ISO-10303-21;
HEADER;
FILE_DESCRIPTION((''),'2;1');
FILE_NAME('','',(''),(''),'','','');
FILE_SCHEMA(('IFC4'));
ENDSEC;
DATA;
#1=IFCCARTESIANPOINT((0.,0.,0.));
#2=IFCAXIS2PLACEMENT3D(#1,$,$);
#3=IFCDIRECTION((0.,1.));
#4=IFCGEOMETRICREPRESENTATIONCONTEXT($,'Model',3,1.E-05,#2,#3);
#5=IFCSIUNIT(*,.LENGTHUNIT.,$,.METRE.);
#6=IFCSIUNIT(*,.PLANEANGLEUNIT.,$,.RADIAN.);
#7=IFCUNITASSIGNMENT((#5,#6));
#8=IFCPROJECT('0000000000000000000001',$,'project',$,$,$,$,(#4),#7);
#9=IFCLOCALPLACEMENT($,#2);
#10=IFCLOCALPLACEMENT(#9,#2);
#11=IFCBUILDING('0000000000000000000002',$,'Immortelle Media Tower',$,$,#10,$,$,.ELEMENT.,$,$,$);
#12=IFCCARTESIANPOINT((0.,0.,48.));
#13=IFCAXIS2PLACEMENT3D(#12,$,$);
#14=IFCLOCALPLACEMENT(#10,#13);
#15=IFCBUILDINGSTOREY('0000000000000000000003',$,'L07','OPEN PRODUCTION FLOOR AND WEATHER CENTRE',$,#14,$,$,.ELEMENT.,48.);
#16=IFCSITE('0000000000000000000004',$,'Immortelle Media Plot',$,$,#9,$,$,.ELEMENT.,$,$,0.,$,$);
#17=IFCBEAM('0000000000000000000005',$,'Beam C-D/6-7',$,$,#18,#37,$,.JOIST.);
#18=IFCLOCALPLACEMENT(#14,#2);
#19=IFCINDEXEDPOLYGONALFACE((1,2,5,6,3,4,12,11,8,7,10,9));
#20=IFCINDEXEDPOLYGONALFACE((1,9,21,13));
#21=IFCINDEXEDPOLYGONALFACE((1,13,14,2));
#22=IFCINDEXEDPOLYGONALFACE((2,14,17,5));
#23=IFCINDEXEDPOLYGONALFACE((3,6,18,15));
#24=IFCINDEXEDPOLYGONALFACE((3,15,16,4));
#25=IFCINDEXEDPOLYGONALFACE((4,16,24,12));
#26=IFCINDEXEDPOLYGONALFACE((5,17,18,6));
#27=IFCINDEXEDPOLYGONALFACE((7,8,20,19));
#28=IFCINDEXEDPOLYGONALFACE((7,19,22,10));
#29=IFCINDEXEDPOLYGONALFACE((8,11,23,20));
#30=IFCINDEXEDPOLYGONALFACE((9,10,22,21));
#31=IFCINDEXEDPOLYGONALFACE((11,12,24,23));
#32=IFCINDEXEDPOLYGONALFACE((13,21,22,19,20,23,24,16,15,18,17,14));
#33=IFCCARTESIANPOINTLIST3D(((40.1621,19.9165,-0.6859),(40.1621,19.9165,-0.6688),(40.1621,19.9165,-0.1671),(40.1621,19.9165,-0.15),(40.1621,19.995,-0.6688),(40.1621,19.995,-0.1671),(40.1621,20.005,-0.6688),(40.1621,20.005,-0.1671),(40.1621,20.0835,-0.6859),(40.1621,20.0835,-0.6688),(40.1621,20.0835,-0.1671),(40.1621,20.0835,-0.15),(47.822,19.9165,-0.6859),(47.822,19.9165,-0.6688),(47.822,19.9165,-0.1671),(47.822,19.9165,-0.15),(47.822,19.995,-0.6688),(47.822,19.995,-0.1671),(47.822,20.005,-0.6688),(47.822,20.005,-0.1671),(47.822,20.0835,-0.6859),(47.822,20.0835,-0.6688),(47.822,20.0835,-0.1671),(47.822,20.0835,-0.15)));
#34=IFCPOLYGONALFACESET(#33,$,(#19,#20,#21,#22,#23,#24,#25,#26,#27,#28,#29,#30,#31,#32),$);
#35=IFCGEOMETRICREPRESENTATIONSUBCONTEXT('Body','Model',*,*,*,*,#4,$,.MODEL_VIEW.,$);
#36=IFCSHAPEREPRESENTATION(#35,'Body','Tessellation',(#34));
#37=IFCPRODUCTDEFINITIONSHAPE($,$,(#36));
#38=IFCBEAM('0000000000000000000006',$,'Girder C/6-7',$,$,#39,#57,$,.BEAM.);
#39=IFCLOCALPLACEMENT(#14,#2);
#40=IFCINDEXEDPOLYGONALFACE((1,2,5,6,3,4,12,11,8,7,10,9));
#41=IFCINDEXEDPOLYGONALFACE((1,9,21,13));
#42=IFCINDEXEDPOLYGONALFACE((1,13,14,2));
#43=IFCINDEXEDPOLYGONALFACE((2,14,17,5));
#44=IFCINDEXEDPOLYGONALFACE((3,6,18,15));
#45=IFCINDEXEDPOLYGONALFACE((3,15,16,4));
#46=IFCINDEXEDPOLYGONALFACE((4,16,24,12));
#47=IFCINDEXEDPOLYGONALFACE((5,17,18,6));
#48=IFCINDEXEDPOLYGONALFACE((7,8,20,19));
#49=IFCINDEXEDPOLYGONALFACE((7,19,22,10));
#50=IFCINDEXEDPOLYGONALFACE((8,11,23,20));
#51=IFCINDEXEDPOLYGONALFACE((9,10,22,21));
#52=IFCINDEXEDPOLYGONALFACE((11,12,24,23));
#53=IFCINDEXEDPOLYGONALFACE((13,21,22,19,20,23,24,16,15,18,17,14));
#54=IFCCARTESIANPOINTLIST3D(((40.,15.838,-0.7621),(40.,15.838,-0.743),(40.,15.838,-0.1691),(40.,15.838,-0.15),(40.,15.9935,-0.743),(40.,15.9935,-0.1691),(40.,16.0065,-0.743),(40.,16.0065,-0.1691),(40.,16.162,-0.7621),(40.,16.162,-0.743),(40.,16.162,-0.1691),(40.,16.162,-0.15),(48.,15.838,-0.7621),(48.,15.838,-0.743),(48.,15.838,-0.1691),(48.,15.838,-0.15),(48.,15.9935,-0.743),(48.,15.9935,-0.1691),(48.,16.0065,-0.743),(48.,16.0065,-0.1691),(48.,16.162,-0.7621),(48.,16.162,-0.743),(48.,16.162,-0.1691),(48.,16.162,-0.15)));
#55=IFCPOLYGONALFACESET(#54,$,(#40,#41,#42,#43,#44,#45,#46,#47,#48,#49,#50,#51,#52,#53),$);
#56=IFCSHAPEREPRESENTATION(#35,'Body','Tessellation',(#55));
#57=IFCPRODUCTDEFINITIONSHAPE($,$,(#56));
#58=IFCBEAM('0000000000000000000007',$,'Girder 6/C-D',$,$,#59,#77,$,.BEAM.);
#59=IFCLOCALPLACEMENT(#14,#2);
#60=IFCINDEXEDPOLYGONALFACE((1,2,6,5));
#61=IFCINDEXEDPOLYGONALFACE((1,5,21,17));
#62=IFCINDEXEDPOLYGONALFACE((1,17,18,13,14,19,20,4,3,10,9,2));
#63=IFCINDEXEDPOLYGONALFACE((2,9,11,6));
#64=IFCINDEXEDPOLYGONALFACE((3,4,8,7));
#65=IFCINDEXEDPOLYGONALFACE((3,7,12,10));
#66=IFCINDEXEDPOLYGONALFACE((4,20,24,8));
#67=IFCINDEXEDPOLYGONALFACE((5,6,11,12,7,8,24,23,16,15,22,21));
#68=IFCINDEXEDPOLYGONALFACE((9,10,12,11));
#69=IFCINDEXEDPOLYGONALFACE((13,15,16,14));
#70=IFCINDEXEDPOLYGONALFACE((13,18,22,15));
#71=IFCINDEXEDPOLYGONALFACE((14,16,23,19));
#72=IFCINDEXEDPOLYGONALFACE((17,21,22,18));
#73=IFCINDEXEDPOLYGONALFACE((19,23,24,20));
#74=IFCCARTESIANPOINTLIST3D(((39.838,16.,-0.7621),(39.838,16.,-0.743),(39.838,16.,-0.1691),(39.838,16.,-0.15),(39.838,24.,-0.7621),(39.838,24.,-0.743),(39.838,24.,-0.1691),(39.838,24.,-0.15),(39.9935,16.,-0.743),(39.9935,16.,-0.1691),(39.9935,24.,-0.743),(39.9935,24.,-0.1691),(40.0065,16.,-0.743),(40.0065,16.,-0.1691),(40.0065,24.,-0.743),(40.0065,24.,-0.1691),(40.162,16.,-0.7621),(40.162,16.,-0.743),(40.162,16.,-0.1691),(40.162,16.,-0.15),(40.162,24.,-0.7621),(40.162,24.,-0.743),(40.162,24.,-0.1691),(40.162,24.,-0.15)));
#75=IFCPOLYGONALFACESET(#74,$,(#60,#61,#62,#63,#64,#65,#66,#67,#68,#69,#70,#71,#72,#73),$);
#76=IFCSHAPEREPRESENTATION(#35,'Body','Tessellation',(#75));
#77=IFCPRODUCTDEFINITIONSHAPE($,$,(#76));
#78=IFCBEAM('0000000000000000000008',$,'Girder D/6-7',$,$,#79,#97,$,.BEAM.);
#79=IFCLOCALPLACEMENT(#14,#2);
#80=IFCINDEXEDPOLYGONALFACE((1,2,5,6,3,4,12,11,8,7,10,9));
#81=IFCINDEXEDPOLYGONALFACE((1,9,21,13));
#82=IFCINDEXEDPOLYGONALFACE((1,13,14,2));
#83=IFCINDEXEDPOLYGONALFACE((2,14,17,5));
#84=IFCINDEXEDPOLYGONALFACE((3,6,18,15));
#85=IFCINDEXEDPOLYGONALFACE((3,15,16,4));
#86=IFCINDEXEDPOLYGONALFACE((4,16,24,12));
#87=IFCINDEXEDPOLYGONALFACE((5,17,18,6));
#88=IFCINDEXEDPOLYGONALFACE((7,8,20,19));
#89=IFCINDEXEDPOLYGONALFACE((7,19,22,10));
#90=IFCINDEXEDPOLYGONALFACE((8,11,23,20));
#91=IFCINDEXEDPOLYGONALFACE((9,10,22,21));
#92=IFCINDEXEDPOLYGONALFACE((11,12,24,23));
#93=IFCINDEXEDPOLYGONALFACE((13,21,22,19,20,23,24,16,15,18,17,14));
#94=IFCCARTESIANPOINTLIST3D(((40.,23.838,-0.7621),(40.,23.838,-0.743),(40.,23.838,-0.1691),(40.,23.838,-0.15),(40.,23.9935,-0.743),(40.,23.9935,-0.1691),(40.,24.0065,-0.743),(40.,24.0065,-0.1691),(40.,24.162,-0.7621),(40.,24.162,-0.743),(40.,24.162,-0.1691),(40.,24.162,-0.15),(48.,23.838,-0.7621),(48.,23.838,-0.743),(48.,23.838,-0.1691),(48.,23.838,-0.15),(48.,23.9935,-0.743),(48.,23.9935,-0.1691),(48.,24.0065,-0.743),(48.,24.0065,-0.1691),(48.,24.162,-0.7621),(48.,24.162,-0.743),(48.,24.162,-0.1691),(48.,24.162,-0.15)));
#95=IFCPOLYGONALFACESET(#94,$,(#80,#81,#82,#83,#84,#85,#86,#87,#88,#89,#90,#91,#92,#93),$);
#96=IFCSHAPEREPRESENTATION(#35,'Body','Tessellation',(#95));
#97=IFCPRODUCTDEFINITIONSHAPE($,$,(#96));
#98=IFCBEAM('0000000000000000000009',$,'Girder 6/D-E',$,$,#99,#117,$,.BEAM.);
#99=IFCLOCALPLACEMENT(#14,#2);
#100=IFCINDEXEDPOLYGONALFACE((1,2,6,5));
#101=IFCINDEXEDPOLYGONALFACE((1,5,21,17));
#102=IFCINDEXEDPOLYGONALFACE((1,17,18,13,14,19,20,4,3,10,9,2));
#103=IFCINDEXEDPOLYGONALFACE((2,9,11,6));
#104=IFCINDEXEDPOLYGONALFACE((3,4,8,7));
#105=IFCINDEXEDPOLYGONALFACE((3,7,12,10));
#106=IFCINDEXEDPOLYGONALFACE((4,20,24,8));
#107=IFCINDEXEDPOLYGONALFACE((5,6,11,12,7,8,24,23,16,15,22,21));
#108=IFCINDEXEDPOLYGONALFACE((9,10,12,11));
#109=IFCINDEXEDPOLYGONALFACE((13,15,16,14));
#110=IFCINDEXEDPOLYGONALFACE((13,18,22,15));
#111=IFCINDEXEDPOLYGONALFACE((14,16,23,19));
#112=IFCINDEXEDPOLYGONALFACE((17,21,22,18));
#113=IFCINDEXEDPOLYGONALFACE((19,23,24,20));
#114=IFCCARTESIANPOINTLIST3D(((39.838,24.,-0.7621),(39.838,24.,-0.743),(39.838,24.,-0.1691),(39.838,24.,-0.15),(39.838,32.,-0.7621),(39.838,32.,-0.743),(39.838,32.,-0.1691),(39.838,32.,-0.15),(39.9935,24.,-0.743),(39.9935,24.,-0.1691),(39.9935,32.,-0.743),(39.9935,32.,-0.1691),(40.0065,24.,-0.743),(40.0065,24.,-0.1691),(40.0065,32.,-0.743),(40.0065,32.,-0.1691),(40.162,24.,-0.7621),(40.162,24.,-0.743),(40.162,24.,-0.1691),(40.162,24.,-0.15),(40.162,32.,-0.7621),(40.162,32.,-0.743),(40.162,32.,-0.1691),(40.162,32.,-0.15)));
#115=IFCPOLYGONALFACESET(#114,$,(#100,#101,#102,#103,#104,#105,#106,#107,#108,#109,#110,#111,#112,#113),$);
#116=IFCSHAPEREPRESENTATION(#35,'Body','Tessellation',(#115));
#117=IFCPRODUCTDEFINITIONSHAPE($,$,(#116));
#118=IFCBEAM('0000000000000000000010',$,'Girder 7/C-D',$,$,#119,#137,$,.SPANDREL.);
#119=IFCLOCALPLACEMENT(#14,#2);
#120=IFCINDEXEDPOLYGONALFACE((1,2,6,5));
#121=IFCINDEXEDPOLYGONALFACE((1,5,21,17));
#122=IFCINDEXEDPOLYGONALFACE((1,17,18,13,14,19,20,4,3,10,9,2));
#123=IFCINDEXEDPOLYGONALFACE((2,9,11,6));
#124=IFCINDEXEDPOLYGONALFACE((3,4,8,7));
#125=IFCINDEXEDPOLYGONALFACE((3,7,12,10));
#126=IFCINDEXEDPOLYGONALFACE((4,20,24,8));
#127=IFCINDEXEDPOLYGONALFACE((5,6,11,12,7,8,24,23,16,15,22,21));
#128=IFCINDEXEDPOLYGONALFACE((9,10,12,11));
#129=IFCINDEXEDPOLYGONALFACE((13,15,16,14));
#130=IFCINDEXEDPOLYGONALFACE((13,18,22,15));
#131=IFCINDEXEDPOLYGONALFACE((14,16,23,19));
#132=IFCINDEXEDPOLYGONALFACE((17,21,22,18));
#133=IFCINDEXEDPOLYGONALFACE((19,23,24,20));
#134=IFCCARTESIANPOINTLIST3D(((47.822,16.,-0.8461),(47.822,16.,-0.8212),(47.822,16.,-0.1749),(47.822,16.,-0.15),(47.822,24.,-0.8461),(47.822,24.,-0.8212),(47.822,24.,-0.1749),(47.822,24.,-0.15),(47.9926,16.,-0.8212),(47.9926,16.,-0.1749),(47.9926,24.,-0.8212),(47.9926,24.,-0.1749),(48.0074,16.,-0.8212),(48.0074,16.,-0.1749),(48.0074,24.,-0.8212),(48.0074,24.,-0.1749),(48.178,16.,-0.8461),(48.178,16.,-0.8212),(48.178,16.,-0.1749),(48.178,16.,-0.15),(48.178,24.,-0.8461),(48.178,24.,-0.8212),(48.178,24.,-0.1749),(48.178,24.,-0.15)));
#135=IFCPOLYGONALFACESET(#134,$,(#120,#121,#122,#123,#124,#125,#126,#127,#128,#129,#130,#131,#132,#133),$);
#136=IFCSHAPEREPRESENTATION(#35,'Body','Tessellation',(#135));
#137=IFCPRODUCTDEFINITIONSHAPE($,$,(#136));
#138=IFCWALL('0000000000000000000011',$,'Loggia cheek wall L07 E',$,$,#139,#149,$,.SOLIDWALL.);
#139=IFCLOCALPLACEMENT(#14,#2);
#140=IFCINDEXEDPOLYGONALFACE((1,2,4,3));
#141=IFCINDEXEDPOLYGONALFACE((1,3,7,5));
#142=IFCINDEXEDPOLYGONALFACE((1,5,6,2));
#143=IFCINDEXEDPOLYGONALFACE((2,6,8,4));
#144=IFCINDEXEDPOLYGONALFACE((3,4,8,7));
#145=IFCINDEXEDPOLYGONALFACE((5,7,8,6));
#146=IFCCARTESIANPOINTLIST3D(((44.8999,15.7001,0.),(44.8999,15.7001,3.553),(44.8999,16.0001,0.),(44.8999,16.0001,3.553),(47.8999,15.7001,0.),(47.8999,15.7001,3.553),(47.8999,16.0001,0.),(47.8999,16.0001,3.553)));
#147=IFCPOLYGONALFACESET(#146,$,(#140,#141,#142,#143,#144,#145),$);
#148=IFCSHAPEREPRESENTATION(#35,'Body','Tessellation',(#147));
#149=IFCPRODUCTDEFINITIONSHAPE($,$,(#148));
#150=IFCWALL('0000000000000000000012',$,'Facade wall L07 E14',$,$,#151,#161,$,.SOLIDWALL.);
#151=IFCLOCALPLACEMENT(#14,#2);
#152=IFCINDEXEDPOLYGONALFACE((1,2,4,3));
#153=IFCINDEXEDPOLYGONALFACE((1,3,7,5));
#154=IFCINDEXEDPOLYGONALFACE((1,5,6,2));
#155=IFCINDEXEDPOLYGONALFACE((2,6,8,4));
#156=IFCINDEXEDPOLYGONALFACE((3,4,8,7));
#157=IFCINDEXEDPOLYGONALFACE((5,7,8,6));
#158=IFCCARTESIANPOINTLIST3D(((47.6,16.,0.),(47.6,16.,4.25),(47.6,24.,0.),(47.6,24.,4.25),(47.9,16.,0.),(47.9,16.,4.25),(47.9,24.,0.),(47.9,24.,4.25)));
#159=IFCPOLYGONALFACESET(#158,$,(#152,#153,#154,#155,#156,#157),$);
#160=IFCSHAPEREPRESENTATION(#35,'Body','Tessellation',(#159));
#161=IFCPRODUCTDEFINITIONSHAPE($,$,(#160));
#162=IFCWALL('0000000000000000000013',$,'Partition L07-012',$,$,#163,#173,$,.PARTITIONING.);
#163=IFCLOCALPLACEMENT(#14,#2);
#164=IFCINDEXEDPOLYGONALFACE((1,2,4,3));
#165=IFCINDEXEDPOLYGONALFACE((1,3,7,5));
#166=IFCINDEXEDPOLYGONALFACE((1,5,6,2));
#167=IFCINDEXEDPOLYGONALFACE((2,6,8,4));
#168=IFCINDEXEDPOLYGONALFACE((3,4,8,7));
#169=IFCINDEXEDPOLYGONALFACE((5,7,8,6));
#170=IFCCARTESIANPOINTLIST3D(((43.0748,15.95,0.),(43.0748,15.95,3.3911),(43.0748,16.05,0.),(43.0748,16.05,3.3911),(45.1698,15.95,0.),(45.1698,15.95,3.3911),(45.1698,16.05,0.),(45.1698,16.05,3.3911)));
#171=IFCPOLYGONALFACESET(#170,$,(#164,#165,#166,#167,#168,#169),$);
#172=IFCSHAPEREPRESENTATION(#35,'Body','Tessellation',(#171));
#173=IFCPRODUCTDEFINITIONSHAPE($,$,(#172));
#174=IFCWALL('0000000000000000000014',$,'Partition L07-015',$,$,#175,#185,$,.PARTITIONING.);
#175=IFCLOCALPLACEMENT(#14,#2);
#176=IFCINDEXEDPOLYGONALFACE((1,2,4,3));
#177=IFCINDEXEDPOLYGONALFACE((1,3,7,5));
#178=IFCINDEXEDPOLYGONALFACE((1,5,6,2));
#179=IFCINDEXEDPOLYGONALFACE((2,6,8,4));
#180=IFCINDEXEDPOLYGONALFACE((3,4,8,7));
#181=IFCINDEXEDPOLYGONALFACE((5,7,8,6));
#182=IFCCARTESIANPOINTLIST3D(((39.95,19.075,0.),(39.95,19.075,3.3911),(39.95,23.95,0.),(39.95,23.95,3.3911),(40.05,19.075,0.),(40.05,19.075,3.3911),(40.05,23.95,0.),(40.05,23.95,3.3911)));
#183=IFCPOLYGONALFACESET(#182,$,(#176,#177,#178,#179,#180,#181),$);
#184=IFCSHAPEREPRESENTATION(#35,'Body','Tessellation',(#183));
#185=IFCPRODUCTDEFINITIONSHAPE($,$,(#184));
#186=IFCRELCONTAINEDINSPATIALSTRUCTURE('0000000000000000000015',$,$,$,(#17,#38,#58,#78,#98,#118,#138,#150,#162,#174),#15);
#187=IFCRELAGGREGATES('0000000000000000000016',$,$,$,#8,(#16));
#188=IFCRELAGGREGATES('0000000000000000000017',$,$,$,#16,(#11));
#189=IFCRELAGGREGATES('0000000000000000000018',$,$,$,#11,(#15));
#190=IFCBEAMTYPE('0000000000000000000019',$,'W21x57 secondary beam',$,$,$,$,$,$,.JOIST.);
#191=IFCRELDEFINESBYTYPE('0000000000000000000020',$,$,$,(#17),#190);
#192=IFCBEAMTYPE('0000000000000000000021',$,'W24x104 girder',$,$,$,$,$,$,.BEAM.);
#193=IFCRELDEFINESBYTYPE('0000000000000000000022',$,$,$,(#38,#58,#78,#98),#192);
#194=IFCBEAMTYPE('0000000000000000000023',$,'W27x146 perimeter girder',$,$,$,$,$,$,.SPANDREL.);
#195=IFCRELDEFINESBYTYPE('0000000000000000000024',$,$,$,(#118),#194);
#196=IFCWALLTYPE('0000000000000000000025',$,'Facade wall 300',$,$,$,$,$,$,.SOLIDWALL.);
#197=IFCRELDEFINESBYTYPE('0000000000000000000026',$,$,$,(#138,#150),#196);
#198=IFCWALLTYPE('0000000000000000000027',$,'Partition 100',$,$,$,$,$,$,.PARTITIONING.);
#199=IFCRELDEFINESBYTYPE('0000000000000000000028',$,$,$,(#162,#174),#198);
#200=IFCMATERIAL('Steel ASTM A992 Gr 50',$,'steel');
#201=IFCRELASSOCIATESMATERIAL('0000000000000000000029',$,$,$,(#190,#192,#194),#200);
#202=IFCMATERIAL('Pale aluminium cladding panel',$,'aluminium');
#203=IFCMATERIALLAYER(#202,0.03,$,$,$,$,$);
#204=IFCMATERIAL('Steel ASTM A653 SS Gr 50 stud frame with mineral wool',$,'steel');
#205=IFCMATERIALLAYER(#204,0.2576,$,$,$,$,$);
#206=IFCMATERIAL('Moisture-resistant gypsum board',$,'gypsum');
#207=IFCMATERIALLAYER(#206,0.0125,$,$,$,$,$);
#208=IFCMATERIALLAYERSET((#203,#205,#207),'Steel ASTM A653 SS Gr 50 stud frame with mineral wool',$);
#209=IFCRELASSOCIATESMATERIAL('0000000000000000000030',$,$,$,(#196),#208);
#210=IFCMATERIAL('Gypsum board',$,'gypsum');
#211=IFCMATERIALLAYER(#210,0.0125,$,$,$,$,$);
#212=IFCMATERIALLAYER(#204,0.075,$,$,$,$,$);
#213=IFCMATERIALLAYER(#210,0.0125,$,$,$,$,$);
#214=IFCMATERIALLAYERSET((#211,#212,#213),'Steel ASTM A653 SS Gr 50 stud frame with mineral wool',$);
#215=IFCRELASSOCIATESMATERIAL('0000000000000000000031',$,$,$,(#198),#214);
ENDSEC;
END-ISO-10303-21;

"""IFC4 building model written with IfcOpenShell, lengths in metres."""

from ifc_helpers import new_model, si_unit, direction, frame, frame_2d, origin, origin_2d, place, context, subcontext, project, spatial, rectangle, i_section, extrude, material, layer, layer_set, material_profile, profile_set, type_object, element, save


model = new_model("IFC4")

# Units and contexts
model_context = context("Model", 3, precision=1e-05, world=origin(), true_north=direction((0.0, 1.0)))
body_context = subcontext(model_context, "Body", "Model", "MODEL_VIEW")
ifc_project = project(units=[si_unit("LENGTHUNIT", "METRE"), si_unit("PLANEANGLEUNIT", "RADIAN")], contexts=[model_context])

# Site, building, storey
site_placement = place(None, origin())
site = spatial("IfcSite", under=ifc_project, at=site_placement, Name="Immortelle Media Plot", CompositionType="ELEMENT", RefElevation=0.0)
building_placement = place(site_placement, origin())
building = spatial("IfcBuilding", under=site, at=building_placement, Name="Immortelle Media Tower", CompositionType="ELEMENT")
storey_placement = place(building_placement, frame((0.0, 0.0, 48.0)))
storey = spatial("IfcBuildingStorey", under=building, at=storey_placement, Name="L07", Description="OPEN PRODUCTION FLOOR AND WEATHER CENTRE", CompositionType="ELEMENT", Elevation=48.0)

# Shared definitions
ifc_material_1 = material(Name="Steel ASTM A992 Gr 50", Category="steel")

# Beams
ifc_material_profile_1 = material_profile(ifc_material_1, i_section(OverallWidth=0.167, OverallDepth=0.5359, WebThickness=0.01, FlangeThickness=0.0171, at=origin_2d()), Name="W21x57")
ifc_profile_set_1 = profile_set([ifc_material_profile_1], Name="Steel ASTM A992 Gr 50")
beam_type_1 = type_object("IfcBeamType", Name="W21x57 secondary beam", PredefinedType="JOIST", material=ifc_profile_set_1)
beam_1_placement = place(storey_placement, frame((40.1621, 20.0, -0.418), z_axis=(1.0, 0.0, 0.0), x_axis=(0.0, 1.0, 0.0)))
element("IfcBeam", 1, at=beam_1_placement, inside=storey, type_object=beam_type_1, Name="Beam C-D/6-7", PredefinedType="JOIST", context=body_context, shape_type="SweptSolid", body=[
    extrude(i_section(OverallWidth=0.167, OverallDepth=0.5359, WebThickness=0.01, FlangeThickness=0.0171, at=origin_2d()), origin(), (0.0, 0.0, 1.0), 7.6599),
])
ifc_material_profile_2 = material_profile(ifc_material_1, i_section(OverallWidth=0.324, OverallDepth=0.6121, WebThickness=0.0129, FlangeThickness=0.019, at=origin_2d()), Name="W24x104")
ifc_profile_set_2 = profile_set([ifc_material_profile_2], Name="Steel ASTM A992 Gr 50")
beam_type_2 = type_object("IfcBeamType", Name="W24x104 girder", PredefinedType="BEAM", material=ifc_profile_set_2)
for number, where, z_axis, x_axis, name in (
    (2, (40.0, 16.0, -0.4561), (1.0, 0.0, 0.0), (0.0, 1.0, 0.0), "Girder C/6-7"),
    (3, (40.0, 16.0, -0.4561), (0.0, 1.0, 0.0), (-1.0, 0.0, 0.0), "Girder 6/C-D"),
    (4, (40.0, 24.0, -0.4561), (1.0, 0.0, 0.0), (0.0, 1.0, 0.0), "Girder D/6-7"),
    (5, (40.0, 24.0, -0.4561), (0.0, 1.0, 0.0), (-1.0, 0.0, 0.0), "Girder 6/D-E"),
):
    element("IfcBeam", number, at=place(storey_placement, frame(where, z_axis=z_axis, x_axis=x_axis)), inside=storey, type_object=beam_type_2, Name=name, PredefinedType="BEAM", context=body_context, shape_type="SweptSolid", body=[
        extrude(i_section(OverallWidth=0.324, OverallDepth=0.6121, WebThickness=0.0129, FlangeThickness=0.019, at=origin_2d()), origin(), (0.0, 0.0, 1.0), 8.0),
    ])
ifc_material_profile_3 = material_profile(ifc_material_1, i_section(OverallWidth=0.356, OverallDepth=0.696, WebThickness=0.0149, FlangeThickness=0.0249, at=origin_2d()), Name="W27x146")
ifc_profile_set_3 = profile_set([ifc_material_profile_3], Name="Steel ASTM A992 Gr 50")
beam_type_3 = type_object("IfcBeamType", Name="W27x146 perimeter girder", PredefinedType="SPANDREL", material=ifc_profile_set_3)
beam_2_placement = place(storey_placement, frame((48.0, 16.0, -0.498), z_axis=(0.0, 1.0, 0.0), x_axis=(-1.0, 0.0, 0.0)))
element("IfcBeam", 6, at=beam_2_placement, inside=storey, type_object=beam_type_3, Name="Girder 7/C-D", PredefinedType="SPANDREL", context=body_context, shape_type="SweptSolid", body=[
    extrude(i_section(OverallWidth=0.356, OverallDepth=0.696, WebThickness=0.0149, FlangeThickness=0.0249, at=origin_2d()), origin(), (0.0, 0.0, 1.0), 8.0),
])

# Walls
ifc_material_2 = material(Name="Pale aluminium cladding panel", Category="aluminium")
ifc_layer_1 = layer(ifc_material_2, 0.03)
ifc_material_3 = material(Name="Steel ASTM A653 SS Gr 50 stud frame with mineral wool", Category="steel")
ifc_layer_2 = layer(ifc_material_3, 0.2576)
ifc_material_4 = material(Name="Moisture-resistant gypsum board", Category="gypsum")
ifc_layer_3 = layer(ifc_material_4, 0.0125)
ifc_layer_set_1 = layer_set([ifc_layer_1, ifc_layer_2, ifc_layer_3], Name="Steel ASTM A653 SS Gr 50 stud frame with mineral wool")
wall_type_1 = type_object("IfcWallType", Name="Facade wall 300", PredefinedType="SOLIDWALL", material=ifc_layer_set_1)
wall_1_placement = place(storey_placement, frame((47.8999, 15.8501, 0.0), z_axis=(0.0, 0.0, 1.0), x_axis=(-1.0, 0.0, 0.0)))
element("IfcWall", 7, at=wall_1_placement, inside=storey, type_object=wall_type_1, Name="Loggia cheek wall L07 E", PredefinedType="SOLIDWALL", context=body_context, shape_type="SweptSolid", body=[
    extrude(rectangle(XDim=3.0, YDim=0.3, at=frame_2d((1.5, 0.0))), origin(), (0.0, 0.0, 1.0), 3.553),
])
wall_2_placement = place(storey_placement, frame((47.75, 16.0, 0.0), z_axis=(0.0, 0.0, 1.0), x_axis=(0.0, 1.0, 0.0)))
element("IfcWall", 8, at=wall_2_placement, inside=storey, type_object=wall_type_1, Name="Facade wall L07 E14", PredefinedType="SOLIDWALL", context=body_context, shape_type="SweptSolid", body=[
    extrude(rectangle(XDim=8.0, YDim=0.3, at=frame_2d((4.0, 0.0))), origin(), (0.0, 0.0, 1.0), 4.25),
])
ifc_material_5 = material(Name="Gypsum board", Category="gypsum")
ifc_layer_4 = layer(ifc_material_5, 0.0125)
ifc_layer_5 = layer(ifc_material_3, 0.075)
ifc_layer_6 = layer(ifc_material_5, 0.0125)
ifc_layer_set_2 = layer_set([ifc_layer_4, ifc_layer_5, ifc_layer_6], Name="Steel ASTM A653 SS Gr 50 stud frame with mineral wool")
wall_type_2 = type_object("IfcWallType", Name="Partition 100", PredefinedType="PARTITIONING", material=ifc_layer_set_2)
wall_3_placement = place(storey_placement, frame((43.075, 16.0, 0.0), z_axis=(0.0, 0.0, 1.0), x_axis=(1.0, 0.0, 0.0)))
element("IfcWall", 9, at=wall_3_placement, inside=storey, type_object=wall_type_2, Name="Partition L07-012", PredefinedType="PARTITIONING", context=body_context, shape_type="SweptSolid", body=[
    extrude(rectangle(XDim=2.095, YDim=0.1001, at=frame_2d((1.0474, 0.0))), origin(), (0.0, 0.0, 1.0), 3.3911),
])
wall_4_placement = place(storey_placement, frame((40.0, 19.075, 0.0), z_axis=(0.0, 0.0, 1.0), x_axis=(0.0, 1.0, 0.0)))
element("IfcWall", 10, at=wall_4_placement, inside=storey, type_object=wall_type_2, Name="Partition L07-015", PredefinedType="PARTITIONING", context=body_context, shape_type="SweptSolid", body=[
    extrude(rectangle(XDim=4.875, YDim=0.1001, at=frame_2d((2.4375, 0.0))), origin(), (0.0, 0.0, 1.0), 3.3911),
])

save(model, "model.ifc")
